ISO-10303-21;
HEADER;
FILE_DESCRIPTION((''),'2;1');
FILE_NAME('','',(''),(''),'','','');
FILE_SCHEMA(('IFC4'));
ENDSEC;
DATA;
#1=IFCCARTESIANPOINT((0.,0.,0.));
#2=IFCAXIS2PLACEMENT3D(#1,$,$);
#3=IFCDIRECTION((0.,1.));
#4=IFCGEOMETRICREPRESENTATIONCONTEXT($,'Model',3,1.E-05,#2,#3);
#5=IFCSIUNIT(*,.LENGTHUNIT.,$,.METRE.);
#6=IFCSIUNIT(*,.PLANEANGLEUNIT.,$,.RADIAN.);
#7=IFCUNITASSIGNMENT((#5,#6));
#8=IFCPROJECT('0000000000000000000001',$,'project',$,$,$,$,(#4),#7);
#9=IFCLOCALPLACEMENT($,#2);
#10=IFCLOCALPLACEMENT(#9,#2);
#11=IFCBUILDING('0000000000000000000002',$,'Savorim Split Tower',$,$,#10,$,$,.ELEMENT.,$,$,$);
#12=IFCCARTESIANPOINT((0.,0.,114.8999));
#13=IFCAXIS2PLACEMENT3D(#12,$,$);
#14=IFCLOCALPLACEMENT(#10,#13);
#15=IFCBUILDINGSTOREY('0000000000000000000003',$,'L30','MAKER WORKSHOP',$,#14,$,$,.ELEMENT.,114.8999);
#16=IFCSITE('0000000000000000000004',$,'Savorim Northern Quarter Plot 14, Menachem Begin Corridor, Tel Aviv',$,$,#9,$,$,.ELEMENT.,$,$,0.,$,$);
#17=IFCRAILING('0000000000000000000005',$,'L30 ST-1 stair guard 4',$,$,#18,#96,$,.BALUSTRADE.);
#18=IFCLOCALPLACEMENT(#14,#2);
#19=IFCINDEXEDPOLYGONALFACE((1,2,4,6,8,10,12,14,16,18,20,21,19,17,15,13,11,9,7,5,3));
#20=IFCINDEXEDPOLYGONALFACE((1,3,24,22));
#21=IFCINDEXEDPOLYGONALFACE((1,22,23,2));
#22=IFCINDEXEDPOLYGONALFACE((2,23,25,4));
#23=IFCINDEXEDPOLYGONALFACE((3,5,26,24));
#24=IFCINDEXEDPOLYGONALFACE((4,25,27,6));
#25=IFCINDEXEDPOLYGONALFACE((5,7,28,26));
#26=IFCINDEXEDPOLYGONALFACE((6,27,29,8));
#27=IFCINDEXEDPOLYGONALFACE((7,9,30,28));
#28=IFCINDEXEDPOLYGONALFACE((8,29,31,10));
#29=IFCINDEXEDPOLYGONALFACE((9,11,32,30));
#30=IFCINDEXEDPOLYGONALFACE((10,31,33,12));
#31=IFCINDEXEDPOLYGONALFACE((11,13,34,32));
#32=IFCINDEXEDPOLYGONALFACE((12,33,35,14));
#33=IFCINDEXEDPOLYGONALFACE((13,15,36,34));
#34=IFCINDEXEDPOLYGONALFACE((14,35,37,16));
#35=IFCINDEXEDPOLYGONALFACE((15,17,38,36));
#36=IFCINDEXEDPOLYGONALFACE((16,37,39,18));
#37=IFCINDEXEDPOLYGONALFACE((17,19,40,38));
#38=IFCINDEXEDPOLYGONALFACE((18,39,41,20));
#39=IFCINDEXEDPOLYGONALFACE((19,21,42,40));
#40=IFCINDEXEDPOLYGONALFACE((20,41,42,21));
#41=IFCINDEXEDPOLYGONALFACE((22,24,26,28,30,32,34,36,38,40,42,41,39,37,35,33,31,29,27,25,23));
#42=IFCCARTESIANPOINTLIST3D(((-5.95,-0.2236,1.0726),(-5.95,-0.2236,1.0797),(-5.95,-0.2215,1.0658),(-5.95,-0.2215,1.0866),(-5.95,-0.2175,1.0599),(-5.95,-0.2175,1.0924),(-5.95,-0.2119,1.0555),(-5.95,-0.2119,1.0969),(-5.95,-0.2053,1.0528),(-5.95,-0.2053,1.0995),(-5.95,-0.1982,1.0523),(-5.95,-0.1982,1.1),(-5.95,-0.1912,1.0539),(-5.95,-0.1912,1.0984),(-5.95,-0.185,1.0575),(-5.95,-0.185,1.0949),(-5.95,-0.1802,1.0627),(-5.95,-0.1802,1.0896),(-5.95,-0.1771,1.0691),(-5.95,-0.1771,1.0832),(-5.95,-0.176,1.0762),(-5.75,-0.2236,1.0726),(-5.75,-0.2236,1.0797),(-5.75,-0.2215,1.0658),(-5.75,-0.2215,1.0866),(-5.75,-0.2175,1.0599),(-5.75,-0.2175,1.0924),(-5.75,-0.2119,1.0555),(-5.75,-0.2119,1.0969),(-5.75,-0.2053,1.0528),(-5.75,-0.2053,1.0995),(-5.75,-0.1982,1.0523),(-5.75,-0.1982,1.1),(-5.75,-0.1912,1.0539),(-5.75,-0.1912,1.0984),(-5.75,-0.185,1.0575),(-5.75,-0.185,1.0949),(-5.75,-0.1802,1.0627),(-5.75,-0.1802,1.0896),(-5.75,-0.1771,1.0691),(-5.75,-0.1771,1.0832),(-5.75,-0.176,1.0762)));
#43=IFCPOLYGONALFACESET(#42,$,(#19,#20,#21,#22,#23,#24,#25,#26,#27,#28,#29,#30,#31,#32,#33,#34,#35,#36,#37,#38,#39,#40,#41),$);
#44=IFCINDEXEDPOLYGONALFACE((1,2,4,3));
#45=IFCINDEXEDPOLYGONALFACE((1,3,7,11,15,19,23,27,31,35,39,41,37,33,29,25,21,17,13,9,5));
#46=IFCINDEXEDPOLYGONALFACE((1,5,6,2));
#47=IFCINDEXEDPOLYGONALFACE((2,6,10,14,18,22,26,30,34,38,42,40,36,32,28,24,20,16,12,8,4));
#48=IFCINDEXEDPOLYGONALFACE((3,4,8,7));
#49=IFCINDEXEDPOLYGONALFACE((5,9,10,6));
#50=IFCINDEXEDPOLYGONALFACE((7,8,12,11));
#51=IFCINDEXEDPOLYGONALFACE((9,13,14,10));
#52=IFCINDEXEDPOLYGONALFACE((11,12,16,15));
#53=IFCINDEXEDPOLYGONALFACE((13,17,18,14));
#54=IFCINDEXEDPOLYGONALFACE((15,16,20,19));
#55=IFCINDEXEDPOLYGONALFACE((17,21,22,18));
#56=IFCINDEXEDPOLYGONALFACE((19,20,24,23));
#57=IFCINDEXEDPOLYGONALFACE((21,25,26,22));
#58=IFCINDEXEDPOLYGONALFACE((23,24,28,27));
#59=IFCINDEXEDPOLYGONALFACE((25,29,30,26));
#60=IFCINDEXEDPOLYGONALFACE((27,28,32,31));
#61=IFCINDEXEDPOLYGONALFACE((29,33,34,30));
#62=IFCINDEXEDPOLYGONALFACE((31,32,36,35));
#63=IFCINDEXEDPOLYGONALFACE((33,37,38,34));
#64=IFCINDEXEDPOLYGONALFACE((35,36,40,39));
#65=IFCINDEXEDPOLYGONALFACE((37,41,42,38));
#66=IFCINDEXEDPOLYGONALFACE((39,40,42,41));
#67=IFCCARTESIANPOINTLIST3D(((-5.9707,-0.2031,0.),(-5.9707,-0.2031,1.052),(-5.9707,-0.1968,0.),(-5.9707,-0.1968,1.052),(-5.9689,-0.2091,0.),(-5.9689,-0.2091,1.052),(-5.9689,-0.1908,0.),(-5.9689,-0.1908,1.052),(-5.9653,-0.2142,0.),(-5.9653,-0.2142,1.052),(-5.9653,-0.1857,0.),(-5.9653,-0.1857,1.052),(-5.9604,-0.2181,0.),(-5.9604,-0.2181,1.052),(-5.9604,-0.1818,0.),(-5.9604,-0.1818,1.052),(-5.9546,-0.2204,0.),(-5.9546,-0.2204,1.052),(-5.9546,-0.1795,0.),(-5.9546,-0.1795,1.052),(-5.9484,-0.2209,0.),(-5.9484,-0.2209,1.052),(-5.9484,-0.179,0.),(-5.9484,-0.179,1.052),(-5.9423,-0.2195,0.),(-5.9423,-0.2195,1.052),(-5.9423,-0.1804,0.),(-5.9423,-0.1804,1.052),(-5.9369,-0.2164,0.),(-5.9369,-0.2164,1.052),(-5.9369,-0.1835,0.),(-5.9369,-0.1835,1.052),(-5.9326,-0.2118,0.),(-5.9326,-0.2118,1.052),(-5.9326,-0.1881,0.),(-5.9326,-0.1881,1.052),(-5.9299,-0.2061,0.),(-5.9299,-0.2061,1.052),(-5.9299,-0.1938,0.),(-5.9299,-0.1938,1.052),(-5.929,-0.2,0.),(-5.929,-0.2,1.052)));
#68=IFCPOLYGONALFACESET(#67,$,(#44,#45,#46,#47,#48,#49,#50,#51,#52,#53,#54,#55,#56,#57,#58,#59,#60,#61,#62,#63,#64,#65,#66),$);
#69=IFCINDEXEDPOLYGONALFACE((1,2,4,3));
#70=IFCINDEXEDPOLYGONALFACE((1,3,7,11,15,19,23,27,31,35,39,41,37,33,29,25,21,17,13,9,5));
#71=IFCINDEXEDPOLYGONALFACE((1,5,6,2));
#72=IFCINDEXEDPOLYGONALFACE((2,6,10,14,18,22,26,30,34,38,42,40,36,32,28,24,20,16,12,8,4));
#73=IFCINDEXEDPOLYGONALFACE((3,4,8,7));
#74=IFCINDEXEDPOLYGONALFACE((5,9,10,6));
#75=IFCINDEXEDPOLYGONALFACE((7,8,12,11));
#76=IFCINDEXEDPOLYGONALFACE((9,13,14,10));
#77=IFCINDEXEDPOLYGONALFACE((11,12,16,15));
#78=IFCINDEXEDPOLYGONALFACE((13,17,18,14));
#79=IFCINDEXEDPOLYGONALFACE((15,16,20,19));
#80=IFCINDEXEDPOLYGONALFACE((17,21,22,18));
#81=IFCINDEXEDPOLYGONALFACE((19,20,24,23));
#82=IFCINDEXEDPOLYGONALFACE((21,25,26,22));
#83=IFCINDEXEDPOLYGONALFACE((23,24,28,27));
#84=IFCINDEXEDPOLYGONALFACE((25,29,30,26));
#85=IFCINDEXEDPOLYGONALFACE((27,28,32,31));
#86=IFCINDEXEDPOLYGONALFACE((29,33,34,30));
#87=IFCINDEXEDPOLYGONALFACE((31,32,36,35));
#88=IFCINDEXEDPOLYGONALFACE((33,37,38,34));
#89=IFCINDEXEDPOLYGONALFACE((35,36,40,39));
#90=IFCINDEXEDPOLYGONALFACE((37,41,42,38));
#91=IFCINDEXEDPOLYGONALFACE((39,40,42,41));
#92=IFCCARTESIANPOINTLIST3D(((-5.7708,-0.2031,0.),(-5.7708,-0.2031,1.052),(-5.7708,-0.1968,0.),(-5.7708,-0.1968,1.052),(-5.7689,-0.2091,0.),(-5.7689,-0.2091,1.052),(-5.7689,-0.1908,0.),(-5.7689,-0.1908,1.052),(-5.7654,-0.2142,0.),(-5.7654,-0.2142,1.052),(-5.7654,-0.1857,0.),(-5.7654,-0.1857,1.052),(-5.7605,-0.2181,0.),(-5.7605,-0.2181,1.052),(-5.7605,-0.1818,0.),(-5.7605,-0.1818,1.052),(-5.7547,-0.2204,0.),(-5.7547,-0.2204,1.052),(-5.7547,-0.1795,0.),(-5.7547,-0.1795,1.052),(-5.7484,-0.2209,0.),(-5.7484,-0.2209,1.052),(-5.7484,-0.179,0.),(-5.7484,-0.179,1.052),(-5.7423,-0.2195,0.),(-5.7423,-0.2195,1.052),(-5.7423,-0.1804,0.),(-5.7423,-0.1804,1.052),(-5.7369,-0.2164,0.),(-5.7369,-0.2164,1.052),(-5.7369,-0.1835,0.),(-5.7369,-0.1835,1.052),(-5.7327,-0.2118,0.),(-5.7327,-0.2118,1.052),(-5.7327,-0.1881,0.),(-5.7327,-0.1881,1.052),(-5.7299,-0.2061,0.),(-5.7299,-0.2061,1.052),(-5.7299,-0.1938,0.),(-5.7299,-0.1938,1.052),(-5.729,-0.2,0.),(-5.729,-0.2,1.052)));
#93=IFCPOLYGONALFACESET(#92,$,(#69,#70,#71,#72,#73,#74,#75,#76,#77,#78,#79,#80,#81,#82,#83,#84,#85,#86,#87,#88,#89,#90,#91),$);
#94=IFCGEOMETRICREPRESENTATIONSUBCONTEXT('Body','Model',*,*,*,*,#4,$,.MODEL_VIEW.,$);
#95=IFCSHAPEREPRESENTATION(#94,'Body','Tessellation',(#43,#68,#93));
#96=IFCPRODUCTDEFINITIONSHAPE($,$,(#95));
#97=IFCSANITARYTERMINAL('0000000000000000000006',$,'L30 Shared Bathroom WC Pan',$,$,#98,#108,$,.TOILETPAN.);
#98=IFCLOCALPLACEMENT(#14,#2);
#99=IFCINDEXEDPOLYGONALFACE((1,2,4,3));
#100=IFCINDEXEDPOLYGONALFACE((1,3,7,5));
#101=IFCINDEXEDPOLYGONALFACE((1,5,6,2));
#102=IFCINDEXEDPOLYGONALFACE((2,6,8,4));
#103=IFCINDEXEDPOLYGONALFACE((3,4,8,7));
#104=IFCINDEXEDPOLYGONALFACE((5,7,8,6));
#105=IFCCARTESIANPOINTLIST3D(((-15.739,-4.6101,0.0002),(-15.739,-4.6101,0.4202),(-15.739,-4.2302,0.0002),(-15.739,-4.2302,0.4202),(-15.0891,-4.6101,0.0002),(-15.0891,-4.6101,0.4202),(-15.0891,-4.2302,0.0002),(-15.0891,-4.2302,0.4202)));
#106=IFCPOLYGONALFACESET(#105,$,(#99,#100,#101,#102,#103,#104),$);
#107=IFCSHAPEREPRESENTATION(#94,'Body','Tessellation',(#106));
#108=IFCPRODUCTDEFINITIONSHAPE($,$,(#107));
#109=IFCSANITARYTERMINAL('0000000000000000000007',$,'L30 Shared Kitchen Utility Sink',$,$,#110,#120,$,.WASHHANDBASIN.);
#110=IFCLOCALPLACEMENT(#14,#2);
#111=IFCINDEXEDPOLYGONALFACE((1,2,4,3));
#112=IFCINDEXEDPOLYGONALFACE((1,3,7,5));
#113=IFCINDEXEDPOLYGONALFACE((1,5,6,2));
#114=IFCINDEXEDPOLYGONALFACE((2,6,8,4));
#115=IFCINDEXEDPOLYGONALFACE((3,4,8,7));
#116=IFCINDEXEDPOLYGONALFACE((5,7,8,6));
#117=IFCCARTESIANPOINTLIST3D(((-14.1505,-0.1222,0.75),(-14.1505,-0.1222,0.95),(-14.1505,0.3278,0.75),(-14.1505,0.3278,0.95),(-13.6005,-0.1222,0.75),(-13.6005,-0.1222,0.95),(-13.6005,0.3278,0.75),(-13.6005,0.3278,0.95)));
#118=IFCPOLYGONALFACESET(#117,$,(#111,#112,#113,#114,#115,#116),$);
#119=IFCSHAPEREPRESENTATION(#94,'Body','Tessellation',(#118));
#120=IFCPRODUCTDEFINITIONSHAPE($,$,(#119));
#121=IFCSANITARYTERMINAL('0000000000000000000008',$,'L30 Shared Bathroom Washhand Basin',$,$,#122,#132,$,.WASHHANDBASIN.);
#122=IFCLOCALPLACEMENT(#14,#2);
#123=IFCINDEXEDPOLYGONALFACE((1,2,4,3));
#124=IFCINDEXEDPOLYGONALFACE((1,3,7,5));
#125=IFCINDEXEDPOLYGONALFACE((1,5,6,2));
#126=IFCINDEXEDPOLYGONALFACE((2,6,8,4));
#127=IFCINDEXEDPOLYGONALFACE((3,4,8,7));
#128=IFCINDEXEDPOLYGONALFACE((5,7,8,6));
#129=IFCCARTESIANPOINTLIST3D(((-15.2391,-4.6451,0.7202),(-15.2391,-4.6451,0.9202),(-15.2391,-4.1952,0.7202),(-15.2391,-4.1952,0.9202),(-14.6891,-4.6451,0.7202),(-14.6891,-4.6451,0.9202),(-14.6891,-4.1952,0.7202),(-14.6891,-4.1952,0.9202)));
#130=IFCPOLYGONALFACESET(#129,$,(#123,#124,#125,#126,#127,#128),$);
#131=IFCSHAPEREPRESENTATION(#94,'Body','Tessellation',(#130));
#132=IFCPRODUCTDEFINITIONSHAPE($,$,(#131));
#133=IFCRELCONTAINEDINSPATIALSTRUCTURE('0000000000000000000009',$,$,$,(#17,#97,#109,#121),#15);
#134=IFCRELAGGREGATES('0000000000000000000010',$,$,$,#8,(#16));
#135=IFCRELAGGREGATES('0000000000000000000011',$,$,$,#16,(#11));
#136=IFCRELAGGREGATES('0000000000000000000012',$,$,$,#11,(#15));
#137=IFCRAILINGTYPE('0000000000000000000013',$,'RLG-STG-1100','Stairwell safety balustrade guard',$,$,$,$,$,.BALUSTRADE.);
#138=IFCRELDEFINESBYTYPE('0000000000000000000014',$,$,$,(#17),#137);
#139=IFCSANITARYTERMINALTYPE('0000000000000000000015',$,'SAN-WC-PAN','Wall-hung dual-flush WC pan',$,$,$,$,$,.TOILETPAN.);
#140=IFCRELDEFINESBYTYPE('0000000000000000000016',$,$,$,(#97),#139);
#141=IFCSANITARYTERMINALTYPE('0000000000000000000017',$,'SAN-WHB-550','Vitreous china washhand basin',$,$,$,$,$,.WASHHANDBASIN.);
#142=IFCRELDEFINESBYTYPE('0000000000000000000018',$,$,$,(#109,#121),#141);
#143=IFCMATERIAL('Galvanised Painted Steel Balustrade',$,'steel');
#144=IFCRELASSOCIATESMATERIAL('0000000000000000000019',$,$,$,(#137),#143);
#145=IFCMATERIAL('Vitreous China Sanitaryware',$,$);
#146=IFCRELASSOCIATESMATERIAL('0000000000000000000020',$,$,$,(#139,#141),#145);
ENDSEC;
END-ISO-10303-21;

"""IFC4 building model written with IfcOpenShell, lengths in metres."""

from ifc_helpers import new_model, si_unit, direction, frame, origin, origin_2d, place, context, subcontext, project, spatial, rectangle, circle, extrude, material, type_object, element, save


model = new_model("IFC4")

# Units and contexts
model_context = context("Model", 3, precision=1e-05, world=origin(), true_north=direction((0.0, 1.0)))
body_context = subcontext(model_context, "Body", "Model", "MODEL_VIEW")
ifc_project = project(units=[si_unit("LENGTHUNIT", "METRE"), si_unit("PLANEANGLEUNIT", "RADIAN")], contexts=[model_context])

# Site, building, storey
site_placement = place(None, origin())
site = spatial("IfcSite", under=ifc_project, at=site_placement, Name="Savorim Northern Quarter Plot 14, Menachem Begin Corridor, Tel Aviv", CompositionType="ELEMENT", RefElevation=0.0)
building_placement = place(site_placement, origin())
building = spatial("IfcBuilding", under=site, at=building_placement, Name="Savorim Split Tower", CompositionType="ELEMENT")
storey_placement = place(building_placement, frame((0.0, 0.0, 114.8999)))
storey = spatial("IfcBuildingStorey", under=building, at=storey_placement, Name="L30", Description="MAKER WORKSHOP", CompositionType="ELEMENT", Elevation=114.8999)

# Railing
ifc_material_1 = material(Name="Galvanised Painted Steel Balustrade", Category="steel")
railing_type_1 = type_object("IfcRailingType", Name="RLG-STG-1100", Description="Stairwell safety balustrade guard", PredefinedType="BALUSTRADE", material=ifc_material_1)
railing_1_placement = place(storey_placement, frame((-5.95, -0.2, 0.0)))
element("IfcRailing", 1, at=railing_1_placement, inside=storey, type_object=railing_type_1, Name="L30 ST-1 stair guard 4", PredefinedType="BALUSTRADE", context=body_context, shape_type="SweptSolid", body=[
    extrude(circle(Radius=0.0239, at=origin_2d()), frame((0.0, 0.0, 1.0762), z_axis=(1.0, 0.0, 0.0), x_axis=(0.0, 1.0, 0.0)), (0.0, 0.0, 1.0), 0.2),
    extrude(circle(Radius=0.021, at=origin_2d()), origin(), (0.0, 0.0, 1.0), 1.052),
    extrude(circle(Radius=0.021, at=origin_2d()), frame((0.2, 0.0, 0.0)), (0.0, 0.0, 1.0), 1.052),
])

# Sanitary terminals
ifc_material_2 = material(Name="Vitreous China Sanitaryware")
sanitary_terminal_type_1 = type_object("IfcSanitaryTerminalType", Name="SAN-WC-PAN", Description="Wall-hung dual-flush WC pan", PredefinedType="TOILETPAN", material=ifc_material_2)
sanitary_terminal_placement = place(storey_placement, frame((-15.4141, -4.4202, 0.0002), z_axis=(0.0, 0.0, 1.0), x_axis=(1.0, 0.0, 0.0)))
element("IfcSanitaryTerminal", 2, at=sanitary_terminal_placement, inside=storey, type_object=sanitary_terminal_type_1, Name="L30 Shared Bathroom WC Pan", PredefinedType="TOILETPAN", context=body_context, shape_type="SweptSolid", body=[
    extrude(rectangle(XDim=0.6499, YDim=0.3799, at=origin_2d()), origin(), (0.0, 0.0, 1.0), 0.4199),
])
sanitary_terminal_type_2 = type_object("IfcSanitaryTerminalType", Name="SAN-WHB-550", Description="Vitreous china washhand basin", PredefinedType="WASHHANDBASIN", material=ifc_material_2)
for number, where, z_axis, x_axis, name in (
    (3, (-13.8755, 0.1028, 0.75), (0.0, 0.0, 1.0), (1.0, 0.0, 0.0), "L30 Shared Kitchen Utility Sink"),
    (4, (-14.9641, -4.4202, 0.7202), (0.0, 0.0, 1.0), (1.0, 0.0, 0.0), "L30 Shared Bathroom Washhand Basin"),
):
    element("IfcSanitaryTerminal", number, at=place(storey_placement, frame(where, z_axis=z_axis, x_axis=x_axis)), inside=storey, type_object=sanitary_terminal_type_2, Name=name, PredefinedType="WASHHANDBASIN", context=body_context, shape_type="SweptSolid", body=[
        extrude(rectangle(XDim=0.55, YDim=0.45, at=origin_2d()), origin(), (0.0, 0.0, 1.0), 0.2),
    ])

save(model, "model.ifc")
